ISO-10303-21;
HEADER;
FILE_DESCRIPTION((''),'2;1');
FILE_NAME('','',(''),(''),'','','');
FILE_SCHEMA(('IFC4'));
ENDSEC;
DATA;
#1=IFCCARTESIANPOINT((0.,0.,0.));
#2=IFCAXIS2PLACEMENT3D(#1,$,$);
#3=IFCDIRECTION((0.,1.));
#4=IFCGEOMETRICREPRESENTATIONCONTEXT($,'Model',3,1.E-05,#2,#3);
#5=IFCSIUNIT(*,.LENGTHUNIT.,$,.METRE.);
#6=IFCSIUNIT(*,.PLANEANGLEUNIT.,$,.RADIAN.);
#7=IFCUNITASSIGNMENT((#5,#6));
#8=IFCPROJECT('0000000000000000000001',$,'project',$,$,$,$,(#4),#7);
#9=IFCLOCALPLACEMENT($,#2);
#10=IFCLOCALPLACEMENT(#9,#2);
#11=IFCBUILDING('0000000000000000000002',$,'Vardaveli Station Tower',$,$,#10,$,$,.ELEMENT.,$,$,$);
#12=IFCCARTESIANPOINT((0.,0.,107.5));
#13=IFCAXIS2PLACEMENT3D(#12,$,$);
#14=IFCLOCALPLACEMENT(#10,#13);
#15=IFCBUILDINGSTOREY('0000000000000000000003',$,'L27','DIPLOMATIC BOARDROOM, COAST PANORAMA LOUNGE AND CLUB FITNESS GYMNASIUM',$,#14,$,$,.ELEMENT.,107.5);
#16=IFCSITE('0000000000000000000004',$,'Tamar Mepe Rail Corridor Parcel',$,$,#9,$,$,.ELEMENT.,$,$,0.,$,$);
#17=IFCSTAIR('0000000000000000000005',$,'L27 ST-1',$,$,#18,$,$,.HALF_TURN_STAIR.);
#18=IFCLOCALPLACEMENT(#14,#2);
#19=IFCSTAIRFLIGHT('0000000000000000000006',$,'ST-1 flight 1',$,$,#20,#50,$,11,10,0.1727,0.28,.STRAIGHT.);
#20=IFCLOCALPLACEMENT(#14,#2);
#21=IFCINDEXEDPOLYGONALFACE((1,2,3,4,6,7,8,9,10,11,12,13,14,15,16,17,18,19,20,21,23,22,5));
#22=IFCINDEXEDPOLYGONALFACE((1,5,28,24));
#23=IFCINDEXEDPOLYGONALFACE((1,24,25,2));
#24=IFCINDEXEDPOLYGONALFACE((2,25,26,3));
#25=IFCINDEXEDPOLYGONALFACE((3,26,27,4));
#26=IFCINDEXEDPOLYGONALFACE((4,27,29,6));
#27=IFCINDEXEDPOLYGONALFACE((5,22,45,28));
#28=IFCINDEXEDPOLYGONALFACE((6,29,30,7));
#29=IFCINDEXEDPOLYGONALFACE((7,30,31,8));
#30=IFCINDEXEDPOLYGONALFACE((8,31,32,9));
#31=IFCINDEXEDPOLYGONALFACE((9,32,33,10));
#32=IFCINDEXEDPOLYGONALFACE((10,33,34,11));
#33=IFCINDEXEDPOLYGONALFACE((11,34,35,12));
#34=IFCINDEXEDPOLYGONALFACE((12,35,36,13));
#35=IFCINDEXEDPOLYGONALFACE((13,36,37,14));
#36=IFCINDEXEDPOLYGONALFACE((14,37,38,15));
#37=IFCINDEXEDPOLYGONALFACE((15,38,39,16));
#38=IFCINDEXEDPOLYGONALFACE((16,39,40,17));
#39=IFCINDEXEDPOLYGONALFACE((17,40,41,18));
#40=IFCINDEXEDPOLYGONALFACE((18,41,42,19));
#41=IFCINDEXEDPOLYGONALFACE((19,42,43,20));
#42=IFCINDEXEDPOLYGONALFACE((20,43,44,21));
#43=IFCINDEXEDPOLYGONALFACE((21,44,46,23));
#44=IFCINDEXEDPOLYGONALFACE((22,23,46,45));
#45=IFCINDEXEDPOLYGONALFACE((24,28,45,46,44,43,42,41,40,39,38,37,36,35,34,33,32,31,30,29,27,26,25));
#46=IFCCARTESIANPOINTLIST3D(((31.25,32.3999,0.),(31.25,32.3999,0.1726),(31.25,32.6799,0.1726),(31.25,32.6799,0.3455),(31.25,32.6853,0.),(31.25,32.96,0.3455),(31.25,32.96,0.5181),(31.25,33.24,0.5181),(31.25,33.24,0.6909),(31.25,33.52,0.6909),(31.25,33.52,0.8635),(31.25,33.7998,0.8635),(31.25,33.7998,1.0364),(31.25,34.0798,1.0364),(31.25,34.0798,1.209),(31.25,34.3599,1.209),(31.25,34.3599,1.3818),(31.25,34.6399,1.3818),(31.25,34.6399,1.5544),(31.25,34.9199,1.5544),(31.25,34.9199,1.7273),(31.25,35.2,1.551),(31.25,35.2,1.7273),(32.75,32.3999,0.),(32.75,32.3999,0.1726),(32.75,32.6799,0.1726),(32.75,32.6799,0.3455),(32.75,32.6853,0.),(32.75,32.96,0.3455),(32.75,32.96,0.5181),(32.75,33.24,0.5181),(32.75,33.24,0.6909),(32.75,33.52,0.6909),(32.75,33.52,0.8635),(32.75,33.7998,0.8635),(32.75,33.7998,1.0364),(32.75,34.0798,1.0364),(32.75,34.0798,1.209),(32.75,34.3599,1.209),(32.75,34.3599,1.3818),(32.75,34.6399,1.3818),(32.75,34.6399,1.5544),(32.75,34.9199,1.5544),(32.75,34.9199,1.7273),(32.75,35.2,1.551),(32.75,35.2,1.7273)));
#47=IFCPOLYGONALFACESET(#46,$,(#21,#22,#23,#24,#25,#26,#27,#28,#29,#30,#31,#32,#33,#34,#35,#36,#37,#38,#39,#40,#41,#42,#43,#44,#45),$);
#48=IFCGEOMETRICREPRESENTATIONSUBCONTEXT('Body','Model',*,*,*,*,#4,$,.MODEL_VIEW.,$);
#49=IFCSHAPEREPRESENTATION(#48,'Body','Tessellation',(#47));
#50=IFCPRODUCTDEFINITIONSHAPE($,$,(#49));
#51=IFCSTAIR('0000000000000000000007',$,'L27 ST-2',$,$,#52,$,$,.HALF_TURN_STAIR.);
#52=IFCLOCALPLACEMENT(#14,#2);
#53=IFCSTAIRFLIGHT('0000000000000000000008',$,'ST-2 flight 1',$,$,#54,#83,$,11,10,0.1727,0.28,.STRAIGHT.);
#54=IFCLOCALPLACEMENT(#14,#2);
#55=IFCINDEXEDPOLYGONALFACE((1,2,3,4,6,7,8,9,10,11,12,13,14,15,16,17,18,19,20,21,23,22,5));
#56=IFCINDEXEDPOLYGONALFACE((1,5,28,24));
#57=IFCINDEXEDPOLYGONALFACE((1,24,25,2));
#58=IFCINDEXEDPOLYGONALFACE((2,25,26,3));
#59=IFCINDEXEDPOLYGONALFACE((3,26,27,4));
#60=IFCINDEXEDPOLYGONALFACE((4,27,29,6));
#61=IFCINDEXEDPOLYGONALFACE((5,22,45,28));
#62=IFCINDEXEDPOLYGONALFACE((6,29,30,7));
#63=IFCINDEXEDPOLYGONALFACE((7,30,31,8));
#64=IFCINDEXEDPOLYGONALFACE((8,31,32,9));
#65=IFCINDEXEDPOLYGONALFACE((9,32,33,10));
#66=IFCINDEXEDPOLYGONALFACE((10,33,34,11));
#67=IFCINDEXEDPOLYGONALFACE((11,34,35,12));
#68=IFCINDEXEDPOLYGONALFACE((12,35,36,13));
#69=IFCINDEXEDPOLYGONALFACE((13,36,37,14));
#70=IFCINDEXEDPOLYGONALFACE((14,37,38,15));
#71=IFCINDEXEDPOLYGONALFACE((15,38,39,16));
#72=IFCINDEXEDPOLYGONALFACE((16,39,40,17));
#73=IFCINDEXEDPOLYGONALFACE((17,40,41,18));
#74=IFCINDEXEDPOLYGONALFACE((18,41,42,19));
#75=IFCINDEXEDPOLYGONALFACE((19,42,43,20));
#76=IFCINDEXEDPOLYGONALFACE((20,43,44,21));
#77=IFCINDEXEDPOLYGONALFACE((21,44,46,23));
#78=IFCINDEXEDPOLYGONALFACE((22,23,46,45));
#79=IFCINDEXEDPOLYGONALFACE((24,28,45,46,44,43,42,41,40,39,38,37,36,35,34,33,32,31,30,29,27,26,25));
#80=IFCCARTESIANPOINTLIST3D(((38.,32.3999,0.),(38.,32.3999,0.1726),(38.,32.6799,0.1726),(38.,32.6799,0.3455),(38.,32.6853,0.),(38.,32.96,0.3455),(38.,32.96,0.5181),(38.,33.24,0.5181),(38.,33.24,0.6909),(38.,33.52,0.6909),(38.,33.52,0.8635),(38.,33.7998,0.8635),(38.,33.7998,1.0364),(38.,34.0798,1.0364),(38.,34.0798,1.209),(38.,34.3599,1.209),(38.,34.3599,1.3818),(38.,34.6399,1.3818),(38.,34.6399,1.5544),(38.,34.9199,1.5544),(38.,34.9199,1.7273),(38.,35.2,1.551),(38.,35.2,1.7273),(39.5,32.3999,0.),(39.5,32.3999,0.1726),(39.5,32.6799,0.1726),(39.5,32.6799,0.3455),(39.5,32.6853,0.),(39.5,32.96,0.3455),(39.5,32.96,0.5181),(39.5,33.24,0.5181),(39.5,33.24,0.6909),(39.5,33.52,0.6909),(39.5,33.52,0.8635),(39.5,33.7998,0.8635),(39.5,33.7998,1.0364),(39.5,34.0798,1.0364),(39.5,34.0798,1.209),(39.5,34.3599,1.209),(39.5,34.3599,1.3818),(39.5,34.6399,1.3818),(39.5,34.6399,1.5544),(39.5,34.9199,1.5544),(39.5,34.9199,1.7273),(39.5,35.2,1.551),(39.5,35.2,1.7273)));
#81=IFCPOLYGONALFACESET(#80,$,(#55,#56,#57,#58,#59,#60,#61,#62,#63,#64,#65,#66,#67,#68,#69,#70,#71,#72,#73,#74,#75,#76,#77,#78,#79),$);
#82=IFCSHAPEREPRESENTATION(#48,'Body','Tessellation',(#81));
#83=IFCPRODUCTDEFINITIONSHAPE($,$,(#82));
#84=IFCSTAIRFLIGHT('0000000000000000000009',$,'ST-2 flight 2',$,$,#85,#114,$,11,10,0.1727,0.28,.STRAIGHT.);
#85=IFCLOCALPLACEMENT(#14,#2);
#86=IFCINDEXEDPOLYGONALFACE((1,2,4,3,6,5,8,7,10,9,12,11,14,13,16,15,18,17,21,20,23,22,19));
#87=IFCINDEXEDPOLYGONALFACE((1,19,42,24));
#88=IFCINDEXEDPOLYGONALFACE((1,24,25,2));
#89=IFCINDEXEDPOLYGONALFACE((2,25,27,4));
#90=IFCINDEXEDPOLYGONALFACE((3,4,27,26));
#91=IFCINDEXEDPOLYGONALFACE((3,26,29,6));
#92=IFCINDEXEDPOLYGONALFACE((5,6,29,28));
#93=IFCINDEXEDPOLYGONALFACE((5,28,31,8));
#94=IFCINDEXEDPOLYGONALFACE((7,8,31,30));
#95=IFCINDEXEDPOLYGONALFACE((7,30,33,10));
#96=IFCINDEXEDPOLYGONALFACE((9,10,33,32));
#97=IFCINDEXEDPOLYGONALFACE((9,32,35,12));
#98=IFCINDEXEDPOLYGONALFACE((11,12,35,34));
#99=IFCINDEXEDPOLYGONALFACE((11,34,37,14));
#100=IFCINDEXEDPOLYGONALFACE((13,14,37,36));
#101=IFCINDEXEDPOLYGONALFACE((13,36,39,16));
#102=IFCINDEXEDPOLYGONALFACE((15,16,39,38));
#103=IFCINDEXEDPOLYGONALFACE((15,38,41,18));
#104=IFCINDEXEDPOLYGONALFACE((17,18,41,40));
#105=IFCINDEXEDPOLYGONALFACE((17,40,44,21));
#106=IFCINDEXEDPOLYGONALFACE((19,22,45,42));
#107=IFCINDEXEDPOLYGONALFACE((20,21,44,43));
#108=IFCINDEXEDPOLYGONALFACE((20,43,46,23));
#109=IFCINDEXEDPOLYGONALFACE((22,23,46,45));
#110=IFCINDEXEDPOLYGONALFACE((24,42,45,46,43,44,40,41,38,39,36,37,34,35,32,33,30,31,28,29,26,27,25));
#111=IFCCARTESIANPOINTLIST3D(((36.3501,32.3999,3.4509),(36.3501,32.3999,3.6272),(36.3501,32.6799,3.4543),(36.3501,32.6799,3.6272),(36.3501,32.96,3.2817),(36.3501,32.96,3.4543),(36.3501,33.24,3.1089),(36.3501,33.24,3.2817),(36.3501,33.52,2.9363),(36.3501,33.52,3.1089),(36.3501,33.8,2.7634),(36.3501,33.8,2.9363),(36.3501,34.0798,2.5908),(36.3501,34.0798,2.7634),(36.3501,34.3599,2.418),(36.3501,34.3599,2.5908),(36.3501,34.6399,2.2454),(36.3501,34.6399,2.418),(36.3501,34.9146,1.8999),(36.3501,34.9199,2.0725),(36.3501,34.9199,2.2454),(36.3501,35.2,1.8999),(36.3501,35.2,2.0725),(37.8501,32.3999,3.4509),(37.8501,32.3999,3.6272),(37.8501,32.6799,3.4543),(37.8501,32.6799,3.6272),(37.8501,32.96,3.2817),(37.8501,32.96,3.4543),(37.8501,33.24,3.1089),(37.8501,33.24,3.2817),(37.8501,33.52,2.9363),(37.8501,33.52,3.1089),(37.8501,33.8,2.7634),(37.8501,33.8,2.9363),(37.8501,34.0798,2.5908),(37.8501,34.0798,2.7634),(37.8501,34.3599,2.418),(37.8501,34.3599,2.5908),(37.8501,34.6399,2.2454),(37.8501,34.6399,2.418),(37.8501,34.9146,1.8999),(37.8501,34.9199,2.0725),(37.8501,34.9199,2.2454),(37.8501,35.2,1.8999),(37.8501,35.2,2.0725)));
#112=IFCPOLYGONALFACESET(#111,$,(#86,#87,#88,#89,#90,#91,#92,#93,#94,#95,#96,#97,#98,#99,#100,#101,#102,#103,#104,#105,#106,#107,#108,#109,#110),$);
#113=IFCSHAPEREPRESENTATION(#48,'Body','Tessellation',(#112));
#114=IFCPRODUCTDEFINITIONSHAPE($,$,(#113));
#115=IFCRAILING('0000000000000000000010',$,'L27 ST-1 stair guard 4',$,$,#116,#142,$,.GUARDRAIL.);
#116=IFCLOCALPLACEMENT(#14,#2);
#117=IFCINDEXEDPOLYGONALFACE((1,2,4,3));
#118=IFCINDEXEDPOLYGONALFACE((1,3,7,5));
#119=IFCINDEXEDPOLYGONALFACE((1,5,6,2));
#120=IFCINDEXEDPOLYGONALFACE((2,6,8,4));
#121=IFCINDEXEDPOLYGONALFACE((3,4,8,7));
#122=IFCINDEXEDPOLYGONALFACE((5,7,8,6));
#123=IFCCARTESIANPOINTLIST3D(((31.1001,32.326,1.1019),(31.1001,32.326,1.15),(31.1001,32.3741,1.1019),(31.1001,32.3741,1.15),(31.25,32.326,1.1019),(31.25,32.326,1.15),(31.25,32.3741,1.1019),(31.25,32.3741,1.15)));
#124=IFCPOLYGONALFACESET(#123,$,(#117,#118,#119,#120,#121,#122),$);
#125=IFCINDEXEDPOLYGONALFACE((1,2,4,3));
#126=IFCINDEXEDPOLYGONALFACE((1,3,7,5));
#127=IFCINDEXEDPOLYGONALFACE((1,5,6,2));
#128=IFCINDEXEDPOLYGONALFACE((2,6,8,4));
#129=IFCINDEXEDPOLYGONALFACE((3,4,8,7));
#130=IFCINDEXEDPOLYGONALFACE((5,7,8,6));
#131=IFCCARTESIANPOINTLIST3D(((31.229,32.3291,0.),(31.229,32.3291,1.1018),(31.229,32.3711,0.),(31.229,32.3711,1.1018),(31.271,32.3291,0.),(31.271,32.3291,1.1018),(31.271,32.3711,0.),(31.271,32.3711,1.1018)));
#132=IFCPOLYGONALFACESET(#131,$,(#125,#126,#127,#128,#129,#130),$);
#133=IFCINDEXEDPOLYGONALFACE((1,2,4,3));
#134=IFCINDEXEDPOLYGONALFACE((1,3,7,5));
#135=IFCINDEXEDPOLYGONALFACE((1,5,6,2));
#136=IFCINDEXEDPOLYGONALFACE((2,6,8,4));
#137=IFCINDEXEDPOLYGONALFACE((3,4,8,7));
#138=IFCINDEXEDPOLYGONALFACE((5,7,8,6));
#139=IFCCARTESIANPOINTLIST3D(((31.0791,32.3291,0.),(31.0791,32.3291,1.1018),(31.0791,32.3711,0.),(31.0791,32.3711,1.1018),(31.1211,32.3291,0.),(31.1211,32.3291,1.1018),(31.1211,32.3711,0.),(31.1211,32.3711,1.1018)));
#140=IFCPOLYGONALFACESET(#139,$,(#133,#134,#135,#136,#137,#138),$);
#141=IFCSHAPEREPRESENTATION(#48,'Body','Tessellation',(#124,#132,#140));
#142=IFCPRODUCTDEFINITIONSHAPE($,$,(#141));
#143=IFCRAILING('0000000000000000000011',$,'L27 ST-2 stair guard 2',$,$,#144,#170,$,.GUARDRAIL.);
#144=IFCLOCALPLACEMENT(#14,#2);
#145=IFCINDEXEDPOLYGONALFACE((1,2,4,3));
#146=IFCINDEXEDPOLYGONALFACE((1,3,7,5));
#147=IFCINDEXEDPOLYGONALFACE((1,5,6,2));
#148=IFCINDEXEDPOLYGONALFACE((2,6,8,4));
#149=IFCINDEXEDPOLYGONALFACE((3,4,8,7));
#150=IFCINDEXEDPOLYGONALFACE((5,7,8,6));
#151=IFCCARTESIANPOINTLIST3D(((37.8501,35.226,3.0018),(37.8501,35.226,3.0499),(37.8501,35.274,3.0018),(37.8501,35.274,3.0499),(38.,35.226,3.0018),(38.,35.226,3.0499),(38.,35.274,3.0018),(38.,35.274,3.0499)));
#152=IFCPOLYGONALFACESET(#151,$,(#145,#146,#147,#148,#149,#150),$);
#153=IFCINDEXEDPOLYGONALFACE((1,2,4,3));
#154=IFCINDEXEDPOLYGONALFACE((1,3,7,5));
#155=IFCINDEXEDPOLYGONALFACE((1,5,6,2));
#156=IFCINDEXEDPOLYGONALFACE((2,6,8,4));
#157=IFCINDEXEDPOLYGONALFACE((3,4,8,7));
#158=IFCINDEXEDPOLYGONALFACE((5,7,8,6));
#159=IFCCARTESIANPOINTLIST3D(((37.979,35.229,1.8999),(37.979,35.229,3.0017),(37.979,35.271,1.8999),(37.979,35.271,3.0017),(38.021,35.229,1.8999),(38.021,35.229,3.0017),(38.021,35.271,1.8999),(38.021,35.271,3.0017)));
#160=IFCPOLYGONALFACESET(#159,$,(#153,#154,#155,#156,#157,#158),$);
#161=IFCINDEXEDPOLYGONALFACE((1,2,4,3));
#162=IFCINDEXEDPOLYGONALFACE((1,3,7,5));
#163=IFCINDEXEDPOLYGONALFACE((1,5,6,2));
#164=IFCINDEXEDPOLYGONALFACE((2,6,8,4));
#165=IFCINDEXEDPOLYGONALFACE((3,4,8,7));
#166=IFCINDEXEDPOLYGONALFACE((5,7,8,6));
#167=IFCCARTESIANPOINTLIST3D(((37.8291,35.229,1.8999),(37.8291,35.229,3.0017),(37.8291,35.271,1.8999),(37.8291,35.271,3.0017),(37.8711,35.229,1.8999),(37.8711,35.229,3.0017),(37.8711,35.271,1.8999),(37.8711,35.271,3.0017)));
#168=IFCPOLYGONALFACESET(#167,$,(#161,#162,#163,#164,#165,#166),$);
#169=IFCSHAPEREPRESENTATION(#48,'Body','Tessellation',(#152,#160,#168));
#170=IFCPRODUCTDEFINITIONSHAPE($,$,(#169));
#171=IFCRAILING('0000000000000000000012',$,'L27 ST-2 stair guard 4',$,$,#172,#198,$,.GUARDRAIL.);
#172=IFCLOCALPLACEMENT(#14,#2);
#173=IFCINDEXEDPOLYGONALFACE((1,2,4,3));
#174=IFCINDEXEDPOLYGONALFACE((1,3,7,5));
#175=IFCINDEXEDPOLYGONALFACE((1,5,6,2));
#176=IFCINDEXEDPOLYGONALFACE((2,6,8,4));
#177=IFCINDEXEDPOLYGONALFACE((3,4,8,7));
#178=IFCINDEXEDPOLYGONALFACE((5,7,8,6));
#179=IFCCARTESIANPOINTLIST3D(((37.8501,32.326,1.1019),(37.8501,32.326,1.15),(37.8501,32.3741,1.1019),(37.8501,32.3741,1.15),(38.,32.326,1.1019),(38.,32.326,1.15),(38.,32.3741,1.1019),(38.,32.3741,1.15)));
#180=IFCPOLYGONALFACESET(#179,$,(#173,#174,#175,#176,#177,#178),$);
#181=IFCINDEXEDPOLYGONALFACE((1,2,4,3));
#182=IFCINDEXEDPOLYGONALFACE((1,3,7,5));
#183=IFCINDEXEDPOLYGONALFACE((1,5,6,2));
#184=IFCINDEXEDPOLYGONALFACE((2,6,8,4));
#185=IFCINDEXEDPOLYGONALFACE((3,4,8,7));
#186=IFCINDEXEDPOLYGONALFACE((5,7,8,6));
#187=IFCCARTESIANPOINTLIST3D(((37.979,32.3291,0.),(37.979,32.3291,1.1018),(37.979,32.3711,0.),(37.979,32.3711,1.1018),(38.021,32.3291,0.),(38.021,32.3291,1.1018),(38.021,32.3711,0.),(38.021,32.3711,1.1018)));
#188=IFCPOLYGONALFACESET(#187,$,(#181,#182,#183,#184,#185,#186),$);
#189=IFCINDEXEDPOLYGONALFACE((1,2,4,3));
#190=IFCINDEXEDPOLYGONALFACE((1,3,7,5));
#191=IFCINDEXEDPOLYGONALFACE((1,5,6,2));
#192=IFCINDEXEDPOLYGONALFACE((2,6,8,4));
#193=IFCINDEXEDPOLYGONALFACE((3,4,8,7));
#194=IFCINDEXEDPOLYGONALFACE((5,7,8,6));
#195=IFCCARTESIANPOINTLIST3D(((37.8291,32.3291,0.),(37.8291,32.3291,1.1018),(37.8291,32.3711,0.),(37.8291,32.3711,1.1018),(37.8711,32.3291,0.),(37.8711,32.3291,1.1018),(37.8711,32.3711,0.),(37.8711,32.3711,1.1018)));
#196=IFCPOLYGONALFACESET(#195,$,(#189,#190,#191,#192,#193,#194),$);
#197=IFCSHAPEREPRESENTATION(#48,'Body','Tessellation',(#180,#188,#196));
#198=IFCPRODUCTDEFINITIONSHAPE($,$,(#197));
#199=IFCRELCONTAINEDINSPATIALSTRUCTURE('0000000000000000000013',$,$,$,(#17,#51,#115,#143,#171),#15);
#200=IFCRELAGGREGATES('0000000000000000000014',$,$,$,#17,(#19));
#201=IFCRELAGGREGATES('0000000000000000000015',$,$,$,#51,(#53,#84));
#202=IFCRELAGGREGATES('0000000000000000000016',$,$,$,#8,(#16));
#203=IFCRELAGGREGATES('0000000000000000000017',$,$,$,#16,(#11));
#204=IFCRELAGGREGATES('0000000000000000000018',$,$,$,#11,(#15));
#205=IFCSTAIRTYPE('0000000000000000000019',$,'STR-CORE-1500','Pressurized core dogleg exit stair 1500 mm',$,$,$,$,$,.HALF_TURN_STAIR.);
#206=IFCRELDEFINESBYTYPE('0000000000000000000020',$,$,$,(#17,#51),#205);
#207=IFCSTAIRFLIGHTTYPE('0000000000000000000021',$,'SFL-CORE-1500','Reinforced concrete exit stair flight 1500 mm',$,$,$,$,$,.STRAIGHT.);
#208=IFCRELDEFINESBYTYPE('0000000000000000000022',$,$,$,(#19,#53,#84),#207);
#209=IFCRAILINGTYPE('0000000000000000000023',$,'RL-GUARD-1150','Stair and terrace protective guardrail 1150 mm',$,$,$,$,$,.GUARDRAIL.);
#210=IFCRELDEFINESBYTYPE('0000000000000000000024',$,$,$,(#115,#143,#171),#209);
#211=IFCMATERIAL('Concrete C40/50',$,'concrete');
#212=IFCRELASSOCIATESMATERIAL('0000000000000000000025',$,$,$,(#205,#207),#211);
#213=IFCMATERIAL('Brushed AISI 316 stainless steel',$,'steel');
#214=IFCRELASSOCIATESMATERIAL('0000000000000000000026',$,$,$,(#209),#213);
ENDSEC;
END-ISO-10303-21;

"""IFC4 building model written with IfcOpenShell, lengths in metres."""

from ifc_helpers import new_model, si_unit, direction, frame, origin, origin_2d, place, context, subcontext, project, spatial, polyline, rectangle, outline, extrude, source, transform, mapped, material, type_object, element, aggregate, save


model = new_model("IFC4")

# Units and contexts
model_context = context("Model", 3, precision=1e-05, world=origin(), true_north=direction((0.0, 1.0)))
body_context = subcontext(model_context, "Body", "Model", "MODEL_VIEW")
ifc_project = project(units=[si_unit("LENGTHUNIT", "METRE"), si_unit("PLANEANGLEUNIT", "RADIAN")], contexts=[model_context])

# Site, building, storey
site_placement = place(None, origin())
site = spatial("IfcSite", under=ifc_project, at=site_placement, Name="Tamar Mepe Rail Corridor Parcel", CompositionType="ELEMENT", RefElevation=0.0)
building_placement = place(site_placement, origin())
building = spatial("IfcBuilding", under=site, at=building_placement, Name="Vardaveli Station Tower", CompositionType="ELEMENT")
storey_placement = place(building_placement, frame((0.0, 0.0, 107.5)))
storey = spatial("IfcBuildingStorey", under=building, at=storey_placement, Name="L27", Description="DIPLOMATIC BOARDROOM, COAST PANORAMA LOUNGE AND CLUB FITNESS GYMNASIUM", CompositionType="ELEMENT", Elevation=107.5)

# Shared definitions
ifc_material_1 = material(Name="Concrete C40/50", Category="concrete")

# Stair, stair flight
stair_type = type_object("IfcStairType", Name="STR-CORE-1500", Description="Pressurized core dogleg exit stair 1500 mm", PredefinedType="HALF_TURN_STAIR", material=ifc_material_1)
stair_1_placement = place(storey_placement, origin())
stair_1 = element("IfcStair", 1, at=stair_1_placement, inside=storey, type_object=stair_type, Name="L27 ST-1", PredefinedType="HALF_TURN_STAIR")
stair_flight_type = type_object("IfcStairFlightType", Name="SFL-CORE-1500", Description="Reinforced concrete exit stair flight 1500 mm", PredefinedType="STRAIGHT", material=ifc_material_1)
shared_shape_1 = source(origin(), body_context, "Body", "SweptSolid", [
    extrude(outline(polyline([(0.0, 0.0), (0.0, 0.1726), (0.28, 0.1726), (0.28, 0.3455), (0.5601, 0.3455), (0.5601, 0.5181), (0.8401, 0.5181), (0.8401, 0.6909), (1.1201, 0.6909), (1.1201, 0.8635), (1.3999, 0.8635), (1.3999, 1.0364), (1.6799, 1.0364), (1.6799, 1.209), (1.96, 1.209), (1.96, 1.3818), (2.24, 1.3818), (2.24, 1.5544), (2.52, 1.5544), (2.52, 1.7273), (2.8, 1.7273), (2.8, 1.8999), (2.8, 1.551), (0.2854, 0.0), (0.0, 0.0)])), frame((0.0, 0.75, 0.0), z_axis=(0.0, -1.0, 0.0), x_axis=(1.0, 0.0, 0.0)), (0.0, 0.0, 1.0), 1.5),
])
stair_flight_1_placement = place(storey_placement, frame((32.0, 32.3999, 0.0), z_axis=(0.0, 0.0, 1.0), x_axis=(0.0, 1.0, 0.0)))
stair_flight_1 = element("IfcStairFlight", 2, at=stair_flight_1_placement, type_object=stair_flight_type, Name="ST-1 flight 1", NumberOfRisers=11, NumberOfTreads=10, PredefinedType="STRAIGHT", RiserHeight=0.1727, TreadLength=0.28, context=body_context, shape_type="MappedRepresentation", body=[
    mapped(shared_shape_1, transform((0.0, 0.0, 0.0), scale=1.0)),
])
aggregate(stair_1, [stair_flight_1])

# Stair, stair flights
stair_2_placement = place(storey_placement, origin())
stair_2 = element("IfcStair", 3, at=stair_2_placement, inside=storey, type_object=stair_type, Name="L27 ST-2", PredefinedType="HALF_TURN_STAIR")
stair_flight_2_placement = place(storey_placement, frame((38.75, 32.3999, 0.0), z_axis=(0.0, 0.0, 1.0), x_axis=(0.0, 1.0, 0.0)))
stair_flight_2 = element("IfcStairFlight", 4, at=stair_flight_2_placement, type_object=stair_flight_type, Name="ST-2 flight 1", NumberOfRisers=11, NumberOfTreads=10, PredefinedType="STRAIGHT", RiserHeight=0.1727, TreadLength=0.28, context=body_context, shape_type="MappedRepresentation", body=[
    mapped(shared_shape_1, transform((0.0, 0.0, 0.0), scale=1.0)),
])
stair_flight_3_placement = place(storey_placement, frame((37.1001, 35.2, 1.8999), z_axis=(0.0, 0.0, 1.0), x_axis=(0.0, -1.0, 0.0)))
stair_flight_3 = element("IfcStairFlight", 5, at=stair_flight_3_placement, type_object=stair_flight_type, Name="ST-2 flight 2", NumberOfRisers=11, NumberOfTreads=10, PredefinedType="STRAIGHT", RiserHeight=0.1727, TreadLength=0.28, context=body_context, shape_type="MappedRepresentation", body=[
    mapped(shared_shape_1, transform((0.0, 0.0, 0.0), scale=1.0)),
])
aggregate(stair_2, [stair_flight_2, stair_flight_3])

# Railings
ifc_material_2 = material(Name="Brushed AISI 316 stainless steel", Category="steel")
railing_type_1 = type_object("IfcRailingType", Name="RL-GUARD-1150", Description="Stair and terrace protective guardrail 1150 mm", PredefinedType="GUARDRAIL", material=ifc_material_2)
shared_shape_2 = source(origin(), body_context, "Body", "SweptSolid", [
    extrude(rectangle(XDim=0.0481, YDim=0.0481, at=origin_2d()), frame((0.0, 0.0, 1.126), z_axis=(-1.0, 0.0, 0.0), x_axis=(0.0, -1.0, 0.0)), (0.0, 0.0, 1.0), 0.1499),
    extrude(rectangle(XDim=0.042, YDim=0.042, at=origin_2d()), origin(), (0.0, 0.0, 1.0), 1.1018),
    extrude(rectangle(XDim=0.042, YDim=0.042, at=origin_2d()), frame((-0.1499, 0.0, 0.0)), (0.0, 0.0, 1.0), 1.1018),
])
for number, where, name in (
    (6, (31.25, 32.3501, 0.0), "L27 ST-1 stair guard 4"),
    (7, (38.0, 35.25, 1.8999), "L27 ST-2 stair guard 2"),
    (8, (38.0, 32.3501, 0.0), "L27 ST-2 stair guard 4"),
):
    element("IfcRailing", number, at=place(storey_placement, frame(where)), inside=storey, type_object=railing_type_1, Name=name, PredefinedType="GUARDRAIL", context=body_context, shape_type="MappedRepresentation", body=[
        mapped(shared_shape_2, transform((0.0, 0.0, 0.0), scale=1.0)),
    ])

save(model, "model.ifc")
